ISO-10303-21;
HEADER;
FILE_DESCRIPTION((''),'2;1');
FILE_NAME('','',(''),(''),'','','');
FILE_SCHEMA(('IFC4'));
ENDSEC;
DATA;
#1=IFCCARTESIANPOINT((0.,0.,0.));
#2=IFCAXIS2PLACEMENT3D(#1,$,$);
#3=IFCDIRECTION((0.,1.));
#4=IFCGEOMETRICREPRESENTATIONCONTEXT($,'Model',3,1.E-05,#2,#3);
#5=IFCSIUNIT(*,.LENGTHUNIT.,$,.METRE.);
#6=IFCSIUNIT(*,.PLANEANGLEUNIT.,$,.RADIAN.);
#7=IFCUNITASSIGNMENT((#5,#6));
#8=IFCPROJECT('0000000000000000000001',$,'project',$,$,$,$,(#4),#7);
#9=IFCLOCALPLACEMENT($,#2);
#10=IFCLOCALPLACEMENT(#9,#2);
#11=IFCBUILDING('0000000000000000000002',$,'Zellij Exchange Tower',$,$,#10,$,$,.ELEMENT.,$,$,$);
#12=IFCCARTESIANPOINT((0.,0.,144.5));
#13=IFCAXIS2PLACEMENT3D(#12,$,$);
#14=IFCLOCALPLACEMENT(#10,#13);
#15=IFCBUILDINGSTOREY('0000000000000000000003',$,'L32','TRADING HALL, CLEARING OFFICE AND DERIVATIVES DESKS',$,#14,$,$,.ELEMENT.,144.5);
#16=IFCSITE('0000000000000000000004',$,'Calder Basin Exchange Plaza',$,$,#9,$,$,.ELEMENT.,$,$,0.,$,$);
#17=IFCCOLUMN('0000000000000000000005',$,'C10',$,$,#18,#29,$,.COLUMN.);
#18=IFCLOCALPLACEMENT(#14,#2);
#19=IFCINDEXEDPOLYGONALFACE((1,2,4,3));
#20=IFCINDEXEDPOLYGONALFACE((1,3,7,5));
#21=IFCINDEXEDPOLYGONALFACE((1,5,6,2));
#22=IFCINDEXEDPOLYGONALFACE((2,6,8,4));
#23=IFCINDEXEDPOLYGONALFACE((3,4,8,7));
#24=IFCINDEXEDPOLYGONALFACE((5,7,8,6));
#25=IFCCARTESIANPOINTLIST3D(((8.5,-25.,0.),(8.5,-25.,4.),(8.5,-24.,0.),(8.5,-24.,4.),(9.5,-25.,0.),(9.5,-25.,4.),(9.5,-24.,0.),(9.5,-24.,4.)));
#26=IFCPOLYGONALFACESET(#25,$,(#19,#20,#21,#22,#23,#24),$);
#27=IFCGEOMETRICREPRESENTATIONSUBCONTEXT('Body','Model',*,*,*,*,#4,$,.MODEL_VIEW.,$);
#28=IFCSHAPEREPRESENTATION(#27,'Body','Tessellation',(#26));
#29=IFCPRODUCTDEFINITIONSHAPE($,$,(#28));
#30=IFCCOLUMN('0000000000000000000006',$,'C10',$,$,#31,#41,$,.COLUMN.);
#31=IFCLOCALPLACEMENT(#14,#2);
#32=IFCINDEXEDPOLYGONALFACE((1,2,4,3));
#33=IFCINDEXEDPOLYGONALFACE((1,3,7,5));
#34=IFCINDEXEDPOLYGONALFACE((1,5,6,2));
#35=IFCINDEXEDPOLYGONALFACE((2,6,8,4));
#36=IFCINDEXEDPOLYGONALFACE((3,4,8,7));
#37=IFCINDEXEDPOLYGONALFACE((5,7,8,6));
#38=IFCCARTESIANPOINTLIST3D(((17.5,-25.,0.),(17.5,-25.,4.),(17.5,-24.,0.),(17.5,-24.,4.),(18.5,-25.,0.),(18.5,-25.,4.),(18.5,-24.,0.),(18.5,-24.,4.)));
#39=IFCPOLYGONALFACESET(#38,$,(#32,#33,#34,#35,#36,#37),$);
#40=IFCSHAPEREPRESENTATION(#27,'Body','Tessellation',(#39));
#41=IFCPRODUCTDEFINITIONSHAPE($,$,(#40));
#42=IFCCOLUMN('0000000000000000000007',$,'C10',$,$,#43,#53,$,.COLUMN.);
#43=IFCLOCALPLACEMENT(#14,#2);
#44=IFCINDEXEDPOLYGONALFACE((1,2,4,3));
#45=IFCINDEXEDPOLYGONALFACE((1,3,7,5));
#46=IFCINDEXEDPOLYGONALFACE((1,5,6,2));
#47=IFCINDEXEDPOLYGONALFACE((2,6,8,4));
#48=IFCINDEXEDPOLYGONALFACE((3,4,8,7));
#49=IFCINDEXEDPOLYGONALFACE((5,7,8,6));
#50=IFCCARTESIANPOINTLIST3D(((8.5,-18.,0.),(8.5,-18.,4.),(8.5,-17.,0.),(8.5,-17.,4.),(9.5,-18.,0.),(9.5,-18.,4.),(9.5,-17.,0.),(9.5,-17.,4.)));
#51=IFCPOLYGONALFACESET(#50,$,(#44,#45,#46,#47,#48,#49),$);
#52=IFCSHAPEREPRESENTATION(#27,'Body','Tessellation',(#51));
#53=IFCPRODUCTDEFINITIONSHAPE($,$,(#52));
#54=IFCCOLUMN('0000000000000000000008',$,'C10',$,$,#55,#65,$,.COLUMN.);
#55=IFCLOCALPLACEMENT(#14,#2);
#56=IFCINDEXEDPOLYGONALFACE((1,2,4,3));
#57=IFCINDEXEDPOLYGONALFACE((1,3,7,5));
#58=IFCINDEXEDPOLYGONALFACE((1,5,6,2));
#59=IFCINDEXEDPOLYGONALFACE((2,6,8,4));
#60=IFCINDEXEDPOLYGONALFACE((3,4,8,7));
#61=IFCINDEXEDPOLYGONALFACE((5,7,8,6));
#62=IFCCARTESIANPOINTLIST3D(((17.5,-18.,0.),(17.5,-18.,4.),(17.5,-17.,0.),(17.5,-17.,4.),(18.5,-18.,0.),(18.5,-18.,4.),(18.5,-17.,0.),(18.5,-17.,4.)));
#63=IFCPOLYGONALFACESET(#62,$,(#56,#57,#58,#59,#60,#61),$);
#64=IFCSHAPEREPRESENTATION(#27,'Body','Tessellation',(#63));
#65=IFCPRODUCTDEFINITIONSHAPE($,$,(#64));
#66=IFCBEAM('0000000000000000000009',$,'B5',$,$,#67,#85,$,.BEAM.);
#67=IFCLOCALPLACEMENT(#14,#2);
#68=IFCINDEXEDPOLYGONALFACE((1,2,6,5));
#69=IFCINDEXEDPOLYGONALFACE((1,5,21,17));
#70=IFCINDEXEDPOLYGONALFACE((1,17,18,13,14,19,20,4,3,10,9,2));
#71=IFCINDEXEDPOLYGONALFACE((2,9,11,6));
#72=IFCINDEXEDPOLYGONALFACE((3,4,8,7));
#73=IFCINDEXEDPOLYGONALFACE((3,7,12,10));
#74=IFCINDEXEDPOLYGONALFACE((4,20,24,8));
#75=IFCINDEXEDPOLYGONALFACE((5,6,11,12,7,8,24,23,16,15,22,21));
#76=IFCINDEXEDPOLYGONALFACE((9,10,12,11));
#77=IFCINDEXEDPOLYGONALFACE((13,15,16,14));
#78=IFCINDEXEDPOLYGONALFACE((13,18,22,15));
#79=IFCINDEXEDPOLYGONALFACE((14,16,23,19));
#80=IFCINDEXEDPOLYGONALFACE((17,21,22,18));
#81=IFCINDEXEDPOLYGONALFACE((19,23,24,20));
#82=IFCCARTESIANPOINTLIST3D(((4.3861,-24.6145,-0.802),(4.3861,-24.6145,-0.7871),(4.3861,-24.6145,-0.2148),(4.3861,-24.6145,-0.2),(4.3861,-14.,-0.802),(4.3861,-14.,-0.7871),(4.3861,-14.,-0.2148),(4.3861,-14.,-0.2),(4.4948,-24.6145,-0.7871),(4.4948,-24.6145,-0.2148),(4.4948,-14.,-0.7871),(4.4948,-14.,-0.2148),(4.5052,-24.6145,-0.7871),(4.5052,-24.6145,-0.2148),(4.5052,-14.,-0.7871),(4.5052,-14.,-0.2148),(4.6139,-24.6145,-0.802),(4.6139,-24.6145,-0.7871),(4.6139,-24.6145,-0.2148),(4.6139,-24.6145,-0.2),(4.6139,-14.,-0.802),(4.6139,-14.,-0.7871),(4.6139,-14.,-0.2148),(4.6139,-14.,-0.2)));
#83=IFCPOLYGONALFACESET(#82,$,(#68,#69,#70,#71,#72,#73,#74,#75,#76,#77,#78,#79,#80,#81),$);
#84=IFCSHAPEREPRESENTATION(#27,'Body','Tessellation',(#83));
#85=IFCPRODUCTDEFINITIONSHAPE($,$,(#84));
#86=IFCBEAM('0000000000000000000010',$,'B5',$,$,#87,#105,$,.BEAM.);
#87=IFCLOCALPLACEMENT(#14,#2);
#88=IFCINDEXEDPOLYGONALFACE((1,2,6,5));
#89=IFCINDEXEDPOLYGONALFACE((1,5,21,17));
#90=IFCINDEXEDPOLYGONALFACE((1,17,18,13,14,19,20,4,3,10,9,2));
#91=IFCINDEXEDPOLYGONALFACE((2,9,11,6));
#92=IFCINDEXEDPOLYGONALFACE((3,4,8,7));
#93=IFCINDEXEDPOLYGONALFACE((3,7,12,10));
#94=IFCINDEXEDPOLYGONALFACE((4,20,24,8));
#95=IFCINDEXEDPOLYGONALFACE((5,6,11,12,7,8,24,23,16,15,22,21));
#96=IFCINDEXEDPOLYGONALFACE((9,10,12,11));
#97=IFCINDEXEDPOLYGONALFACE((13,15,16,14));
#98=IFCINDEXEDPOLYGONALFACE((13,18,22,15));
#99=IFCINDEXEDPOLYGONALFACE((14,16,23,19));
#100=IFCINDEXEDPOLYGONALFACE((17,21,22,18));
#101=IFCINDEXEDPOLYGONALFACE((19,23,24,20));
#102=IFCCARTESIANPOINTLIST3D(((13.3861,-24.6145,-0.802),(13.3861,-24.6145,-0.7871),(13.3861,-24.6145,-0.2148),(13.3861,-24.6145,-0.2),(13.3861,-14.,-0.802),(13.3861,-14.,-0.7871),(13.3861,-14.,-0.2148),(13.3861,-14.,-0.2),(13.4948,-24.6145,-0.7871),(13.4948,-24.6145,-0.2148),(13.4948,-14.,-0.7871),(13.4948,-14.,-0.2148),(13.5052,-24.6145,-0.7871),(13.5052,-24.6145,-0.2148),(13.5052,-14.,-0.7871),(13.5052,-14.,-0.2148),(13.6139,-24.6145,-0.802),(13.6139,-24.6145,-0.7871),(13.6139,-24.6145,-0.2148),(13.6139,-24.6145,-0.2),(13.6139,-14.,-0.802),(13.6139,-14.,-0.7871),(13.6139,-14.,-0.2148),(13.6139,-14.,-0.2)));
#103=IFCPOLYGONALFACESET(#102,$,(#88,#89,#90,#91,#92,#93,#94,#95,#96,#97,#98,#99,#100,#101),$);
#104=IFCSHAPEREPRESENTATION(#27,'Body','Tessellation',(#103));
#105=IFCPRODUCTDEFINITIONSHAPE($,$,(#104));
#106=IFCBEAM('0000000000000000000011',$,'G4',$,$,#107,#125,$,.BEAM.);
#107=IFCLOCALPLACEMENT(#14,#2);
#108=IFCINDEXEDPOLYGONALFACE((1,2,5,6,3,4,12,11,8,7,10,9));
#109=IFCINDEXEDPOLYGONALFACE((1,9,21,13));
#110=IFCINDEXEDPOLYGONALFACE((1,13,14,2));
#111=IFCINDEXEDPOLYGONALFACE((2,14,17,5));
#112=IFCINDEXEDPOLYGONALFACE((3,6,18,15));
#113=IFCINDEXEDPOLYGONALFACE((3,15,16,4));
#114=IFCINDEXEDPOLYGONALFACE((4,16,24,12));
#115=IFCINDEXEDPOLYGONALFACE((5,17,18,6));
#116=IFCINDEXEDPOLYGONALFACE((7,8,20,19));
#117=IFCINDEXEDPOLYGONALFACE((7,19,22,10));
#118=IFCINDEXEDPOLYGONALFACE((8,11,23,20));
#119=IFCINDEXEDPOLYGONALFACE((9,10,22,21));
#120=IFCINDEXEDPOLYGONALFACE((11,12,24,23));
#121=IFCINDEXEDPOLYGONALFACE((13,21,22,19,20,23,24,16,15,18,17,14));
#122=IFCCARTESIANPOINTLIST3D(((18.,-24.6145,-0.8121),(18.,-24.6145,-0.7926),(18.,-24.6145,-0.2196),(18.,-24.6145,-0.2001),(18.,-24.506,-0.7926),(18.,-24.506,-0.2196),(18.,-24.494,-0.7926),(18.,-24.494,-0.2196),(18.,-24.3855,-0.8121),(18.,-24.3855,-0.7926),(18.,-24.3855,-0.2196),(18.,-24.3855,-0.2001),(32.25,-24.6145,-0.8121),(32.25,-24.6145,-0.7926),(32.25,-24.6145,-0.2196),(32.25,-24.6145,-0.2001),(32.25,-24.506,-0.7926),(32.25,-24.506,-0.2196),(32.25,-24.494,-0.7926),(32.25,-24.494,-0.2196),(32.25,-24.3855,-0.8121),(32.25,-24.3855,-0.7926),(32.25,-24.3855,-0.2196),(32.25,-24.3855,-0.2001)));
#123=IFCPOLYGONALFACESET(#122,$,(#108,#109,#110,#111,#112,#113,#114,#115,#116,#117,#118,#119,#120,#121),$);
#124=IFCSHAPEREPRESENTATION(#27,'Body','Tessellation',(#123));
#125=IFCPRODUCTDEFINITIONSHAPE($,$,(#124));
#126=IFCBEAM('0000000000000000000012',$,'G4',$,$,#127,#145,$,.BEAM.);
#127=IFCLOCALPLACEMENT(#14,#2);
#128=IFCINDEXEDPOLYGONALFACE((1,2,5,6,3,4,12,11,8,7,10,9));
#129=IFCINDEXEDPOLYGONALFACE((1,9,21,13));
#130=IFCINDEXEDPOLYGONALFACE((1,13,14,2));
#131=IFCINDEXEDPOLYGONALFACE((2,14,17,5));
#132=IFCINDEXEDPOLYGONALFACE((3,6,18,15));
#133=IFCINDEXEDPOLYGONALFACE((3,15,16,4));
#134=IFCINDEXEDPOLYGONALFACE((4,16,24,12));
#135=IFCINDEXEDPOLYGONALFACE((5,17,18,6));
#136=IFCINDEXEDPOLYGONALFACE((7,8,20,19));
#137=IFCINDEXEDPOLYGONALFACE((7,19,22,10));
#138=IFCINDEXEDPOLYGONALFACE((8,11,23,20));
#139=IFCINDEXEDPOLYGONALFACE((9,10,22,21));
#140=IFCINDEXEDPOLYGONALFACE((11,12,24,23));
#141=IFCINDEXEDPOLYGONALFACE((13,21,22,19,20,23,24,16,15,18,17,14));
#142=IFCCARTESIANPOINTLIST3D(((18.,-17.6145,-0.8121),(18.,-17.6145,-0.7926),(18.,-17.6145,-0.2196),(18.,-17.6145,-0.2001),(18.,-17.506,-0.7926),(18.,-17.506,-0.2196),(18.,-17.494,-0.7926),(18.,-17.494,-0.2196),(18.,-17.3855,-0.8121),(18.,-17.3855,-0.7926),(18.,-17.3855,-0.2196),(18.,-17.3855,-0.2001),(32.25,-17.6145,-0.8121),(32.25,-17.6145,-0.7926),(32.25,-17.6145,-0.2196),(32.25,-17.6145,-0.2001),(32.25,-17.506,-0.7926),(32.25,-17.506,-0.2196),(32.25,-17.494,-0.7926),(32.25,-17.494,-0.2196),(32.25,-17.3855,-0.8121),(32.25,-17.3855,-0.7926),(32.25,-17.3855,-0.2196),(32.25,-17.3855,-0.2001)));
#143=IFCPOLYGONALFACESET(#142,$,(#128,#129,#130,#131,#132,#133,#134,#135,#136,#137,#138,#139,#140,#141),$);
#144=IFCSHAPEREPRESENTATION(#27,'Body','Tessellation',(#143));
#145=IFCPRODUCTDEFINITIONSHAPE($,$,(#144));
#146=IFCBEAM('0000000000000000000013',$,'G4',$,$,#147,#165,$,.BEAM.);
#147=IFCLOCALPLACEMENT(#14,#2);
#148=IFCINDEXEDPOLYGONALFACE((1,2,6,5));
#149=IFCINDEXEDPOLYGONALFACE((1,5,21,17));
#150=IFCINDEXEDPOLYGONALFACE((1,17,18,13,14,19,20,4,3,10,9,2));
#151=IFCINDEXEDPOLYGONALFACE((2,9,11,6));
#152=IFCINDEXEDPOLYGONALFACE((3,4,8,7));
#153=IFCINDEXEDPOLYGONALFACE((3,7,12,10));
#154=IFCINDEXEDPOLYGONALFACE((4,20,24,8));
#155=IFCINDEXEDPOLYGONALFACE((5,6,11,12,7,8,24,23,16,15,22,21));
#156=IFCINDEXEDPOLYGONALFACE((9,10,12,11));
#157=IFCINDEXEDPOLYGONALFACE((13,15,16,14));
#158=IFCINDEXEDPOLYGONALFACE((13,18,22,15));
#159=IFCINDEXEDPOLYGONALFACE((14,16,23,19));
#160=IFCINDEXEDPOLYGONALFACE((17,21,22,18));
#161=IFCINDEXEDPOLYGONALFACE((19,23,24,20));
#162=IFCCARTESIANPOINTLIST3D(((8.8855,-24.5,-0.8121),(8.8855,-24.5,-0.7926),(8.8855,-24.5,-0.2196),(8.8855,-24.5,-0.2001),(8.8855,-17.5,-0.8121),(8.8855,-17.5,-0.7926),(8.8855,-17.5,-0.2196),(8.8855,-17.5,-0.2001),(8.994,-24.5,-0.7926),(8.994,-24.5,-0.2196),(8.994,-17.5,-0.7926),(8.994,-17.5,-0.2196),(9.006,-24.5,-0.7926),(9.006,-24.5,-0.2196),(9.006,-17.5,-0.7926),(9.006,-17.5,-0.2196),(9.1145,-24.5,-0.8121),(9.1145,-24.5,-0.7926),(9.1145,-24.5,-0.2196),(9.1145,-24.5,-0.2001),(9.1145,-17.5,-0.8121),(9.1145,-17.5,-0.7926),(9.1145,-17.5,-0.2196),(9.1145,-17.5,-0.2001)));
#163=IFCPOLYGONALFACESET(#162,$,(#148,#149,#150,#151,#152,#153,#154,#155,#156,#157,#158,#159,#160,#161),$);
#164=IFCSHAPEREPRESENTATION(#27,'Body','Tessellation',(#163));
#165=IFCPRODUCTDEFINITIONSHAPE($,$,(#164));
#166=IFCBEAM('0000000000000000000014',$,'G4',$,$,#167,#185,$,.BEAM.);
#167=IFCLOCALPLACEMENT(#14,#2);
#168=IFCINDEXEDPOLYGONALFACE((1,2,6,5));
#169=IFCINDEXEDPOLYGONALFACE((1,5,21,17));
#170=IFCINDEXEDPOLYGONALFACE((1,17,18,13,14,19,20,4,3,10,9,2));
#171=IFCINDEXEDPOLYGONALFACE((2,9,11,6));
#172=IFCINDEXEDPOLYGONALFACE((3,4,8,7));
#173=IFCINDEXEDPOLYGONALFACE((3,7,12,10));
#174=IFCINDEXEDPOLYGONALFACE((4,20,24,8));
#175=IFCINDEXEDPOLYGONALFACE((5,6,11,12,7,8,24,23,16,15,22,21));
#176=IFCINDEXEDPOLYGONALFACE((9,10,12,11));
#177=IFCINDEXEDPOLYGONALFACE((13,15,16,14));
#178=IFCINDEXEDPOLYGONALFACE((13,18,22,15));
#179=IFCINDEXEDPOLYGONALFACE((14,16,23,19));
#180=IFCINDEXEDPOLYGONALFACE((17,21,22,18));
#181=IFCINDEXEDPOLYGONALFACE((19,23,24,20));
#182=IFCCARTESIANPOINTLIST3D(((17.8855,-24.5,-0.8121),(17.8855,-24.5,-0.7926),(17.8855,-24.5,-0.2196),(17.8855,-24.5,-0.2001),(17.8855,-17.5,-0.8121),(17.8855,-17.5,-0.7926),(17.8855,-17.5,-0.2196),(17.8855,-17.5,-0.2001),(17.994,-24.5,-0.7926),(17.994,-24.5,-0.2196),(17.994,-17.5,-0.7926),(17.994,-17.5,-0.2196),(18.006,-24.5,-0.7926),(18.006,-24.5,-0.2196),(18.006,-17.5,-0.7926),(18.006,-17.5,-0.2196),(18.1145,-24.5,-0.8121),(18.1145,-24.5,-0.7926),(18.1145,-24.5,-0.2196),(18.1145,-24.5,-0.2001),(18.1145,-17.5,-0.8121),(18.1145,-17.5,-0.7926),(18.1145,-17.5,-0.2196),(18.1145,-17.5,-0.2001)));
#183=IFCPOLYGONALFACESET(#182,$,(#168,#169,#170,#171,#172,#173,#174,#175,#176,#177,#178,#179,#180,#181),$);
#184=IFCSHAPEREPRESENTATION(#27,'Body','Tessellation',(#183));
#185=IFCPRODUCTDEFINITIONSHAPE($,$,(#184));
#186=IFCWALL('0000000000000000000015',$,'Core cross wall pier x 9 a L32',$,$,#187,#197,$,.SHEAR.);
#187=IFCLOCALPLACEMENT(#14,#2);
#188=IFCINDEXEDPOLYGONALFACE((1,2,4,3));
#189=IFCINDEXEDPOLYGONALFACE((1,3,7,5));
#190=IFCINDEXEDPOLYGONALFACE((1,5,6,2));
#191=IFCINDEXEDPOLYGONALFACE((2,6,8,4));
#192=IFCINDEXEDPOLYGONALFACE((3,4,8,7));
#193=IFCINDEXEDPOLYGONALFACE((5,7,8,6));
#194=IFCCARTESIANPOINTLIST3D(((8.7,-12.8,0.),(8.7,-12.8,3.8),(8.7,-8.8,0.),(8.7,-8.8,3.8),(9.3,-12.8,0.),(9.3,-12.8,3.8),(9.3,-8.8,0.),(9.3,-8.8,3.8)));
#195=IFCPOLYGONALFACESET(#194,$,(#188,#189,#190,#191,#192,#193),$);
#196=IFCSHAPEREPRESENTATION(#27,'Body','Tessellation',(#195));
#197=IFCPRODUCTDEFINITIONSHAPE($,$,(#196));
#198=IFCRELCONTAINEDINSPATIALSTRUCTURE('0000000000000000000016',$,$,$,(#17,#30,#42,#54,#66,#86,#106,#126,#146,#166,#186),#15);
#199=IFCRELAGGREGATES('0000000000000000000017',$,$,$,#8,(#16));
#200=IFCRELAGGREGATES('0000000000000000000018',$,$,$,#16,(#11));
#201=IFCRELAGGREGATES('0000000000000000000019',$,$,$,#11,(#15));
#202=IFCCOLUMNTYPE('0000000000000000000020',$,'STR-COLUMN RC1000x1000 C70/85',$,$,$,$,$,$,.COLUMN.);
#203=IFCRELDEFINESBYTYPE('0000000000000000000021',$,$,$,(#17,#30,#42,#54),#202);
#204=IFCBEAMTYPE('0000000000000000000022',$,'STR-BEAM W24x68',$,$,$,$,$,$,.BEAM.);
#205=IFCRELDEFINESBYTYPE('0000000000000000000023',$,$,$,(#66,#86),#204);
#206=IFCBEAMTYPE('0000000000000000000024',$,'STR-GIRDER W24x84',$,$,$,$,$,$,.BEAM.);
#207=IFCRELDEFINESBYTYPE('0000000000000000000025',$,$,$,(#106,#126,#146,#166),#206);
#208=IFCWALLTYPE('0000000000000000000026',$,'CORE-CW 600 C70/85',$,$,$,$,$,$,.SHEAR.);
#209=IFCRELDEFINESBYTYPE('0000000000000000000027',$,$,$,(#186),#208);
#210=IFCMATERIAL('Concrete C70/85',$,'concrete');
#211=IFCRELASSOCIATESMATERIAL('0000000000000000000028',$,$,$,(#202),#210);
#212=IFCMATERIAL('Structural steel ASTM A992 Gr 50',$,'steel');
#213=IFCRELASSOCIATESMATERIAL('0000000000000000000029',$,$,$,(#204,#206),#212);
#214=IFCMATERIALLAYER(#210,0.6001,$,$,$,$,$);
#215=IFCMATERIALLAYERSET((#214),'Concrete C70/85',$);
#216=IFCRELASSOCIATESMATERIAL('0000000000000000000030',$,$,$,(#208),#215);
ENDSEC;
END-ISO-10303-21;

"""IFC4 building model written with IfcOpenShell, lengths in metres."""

from ifc_helpers import new_model, si_unit, direction, frame, frame_2d, origin, origin_2d, place, context, subcontext, project, spatial, rectangle, i_section, extrude, material, layer, layer_set, material_profile, profile_set, type_object, element, save


model = new_model("IFC4")

# Units and contexts
model_context = context("Model", 3, precision=1e-05, world=origin(), true_north=direction((0.0, 1.0)))
body_context = subcontext(model_context, "Body", "Model", "MODEL_VIEW")
ifc_project = project(units=[si_unit("LENGTHUNIT", "METRE"), si_unit("PLANEANGLEUNIT", "RADIAN")], contexts=[model_context])

# Site, building, storey
site_placement = place(None, origin())
site = spatial("IfcSite", under=ifc_project, at=site_placement, Name="Calder Basin Exchange Plaza", CompositionType="ELEMENT", RefElevation=0.0)
building_placement = place(site_placement, origin())
building = spatial("IfcBuilding", under=site, at=building_placement, Name="Zellij Exchange Tower", CompositionType="ELEMENT")
storey_placement = place(building_placement, frame((0.0, 0.0, 144.5)))
storey = spatial("IfcBuildingStorey", under=building, at=storey_placement, Name="L32", Description="TRADING HALL, CLEARING OFFICE AND DERIVATIVES DESKS", CompositionType="ELEMENT", Elevation=144.5)

# Columns
ifc_material_1 = material(Name="Concrete C70/85", Category="concrete")
ifc_material_profile_1 = material_profile(ifc_material_1, rectangle(XDim=1.0, YDim=1.0, at=origin_2d()), Name="STR-COLUMN RC1000x1000 C70/85")
ifc_profile_set_1 = profile_set([ifc_material_profile_1], Name="Concrete C70/85")
column_type = type_object("IfcColumnType", Name="STR-COLUMN RC1000x1000 C70/85", PredefinedType="COLUMN", material=ifc_profile_set_1)
for number, where, z_axis, x_axis, name in (
    (1, (9.0, -24.5, 0.0), (0.0, 0.0, 1.0), (1.0, 0.0, 0.0), "C10"),
    (2, (18.0, -24.5, 0.0), (0.0, 0.0, 1.0), (1.0, 0.0, 0.0), "C10"),
    (3, (9.0, -17.5, 0.0), (0.0, 0.0, 1.0), (1.0, 0.0, 0.0), "C10"),
    (4, (18.0, -17.5, 0.0), (0.0, 0.0, 1.0), (1.0, 0.0, 0.0), "C10"),
):
    element("IfcColumn", number, at=place(storey_placement, frame(where, z_axis=z_axis, x_axis=x_axis)), inside=storey, type_object=column_type, Name=name, PredefinedType="COLUMN", context=body_context, shape_type="SweptSolid", body=[
        extrude(rectangle(XDim=1.0, YDim=1.0, at=origin_2d()), origin(), (0.0, 0.0, 1.0), 4.0),
    ])

# Beams
ifc_material_2 = material(Name="Structural steel ASTM A992 Gr 50", Category="steel")
ifc_material_profile_2 = material_profile(ifc_material_2, i_section(OverallWidth=0.2278, OverallDepth=0.6021, WebThickness=0.0105, FlangeThickness=0.0149, at=origin_2d()), Name="W24x68")
ifc_profile_set_2 = profile_set([ifc_material_profile_2], Name="Structural steel ASTM A992 Gr 50")
beam_type_1 = type_object("IfcBeamType", Name="STR-BEAM W24x68", PredefinedType="BEAM", material=ifc_profile_set_2)
for number, where, z_axis, x_axis, name in (
    (5, (4.5, -24.6145, -0.501), (0.0, 1.0, 0.0), (-1.0, 0.0, 0.0), "B5"),
    (6, (13.5, -24.6145, -0.501), (0.0, 1.0, 0.0), (-1.0, 0.0, 0.0), "B5"),
):
    element("IfcBeam", number, at=place(storey_placement, frame(where, z_axis=z_axis, x_axis=x_axis)), inside=storey, type_object=beam_type_1, Name=name, PredefinedType="BEAM", context=body_context, shape_type="SweptSolid", body=[
        extrude(i_section(OverallWidth=0.2278, OverallDepth=0.6021, WebThickness=0.0105, FlangeThickness=0.0149, at=origin_2d()), origin(), (0.0, 0.0, 1.0), 10.6145),
    ])
ifc_material_profile_3 = material_profile(ifc_material_2, i_section(OverallWidth=0.229, OverallDepth=0.6121, WebThickness=0.012, FlangeThickness=0.0195, at=origin_2d()), Name="W24x84")
ifc_profile_set_3 = profile_set([ifc_material_profile_3], Name="Structural steel ASTM A992 Gr 50")
beam_type_2 = type_object("IfcBeamType", Name="STR-GIRDER W24x84", PredefinedType="BEAM", material=ifc_profile_set_3)
for number, where, z_axis, x_axis, name in (
    (7, (18.0, -24.5, -0.5061), (1.0, 0.0, 0.0), (0.0, 1.0, 0.0), "G4"),
    (8, (18.0, -17.5, -0.5061), (1.0, 0.0, 0.0), (0.0, 1.0, 0.0), "G4"),
):
    element("IfcBeam", number, at=place(storey_placement, frame(where, z_axis=z_axis, x_axis=x_axis)), inside=storey, type_object=beam_type_2, Name=name, PredefinedType="BEAM", context=body_context, shape_type="SweptSolid", body=[
        extrude(i_section(OverallWidth=0.229, OverallDepth=0.6121, WebThickness=0.012, FlangeThickness=0.0195, at=origin_2d()), origin(), (0.0, 0.0, 1.0), 14.25),
    ])
for number, where, z_axis, x_axis, name in (
    (9, (9.0, -24.5, -0.5061), (0.0, 1.0, 0.0), (-1.0, 0.0, 0.0), "G4"),
    (10, (18.0, -24.5, -0.5061), (0.0, 1.0, 0.0), (-1.0, 0.0, 0.0), "G4"),
):
    element("IfcBeam", number, at=place(storey_placement, frame(where, z_axis=z_axis, x_axis=x_axis)), inside=storey, type_object=beam_type_2, Name=name, PredefinedType="BEAM", context=body_context, shape_type="SweptSolid", body=[
        extrude(i_section(OverallWidth=0.229, OverallDepth=0.6121, WebThickness=0.012, FlangeThickness=0.0195, at=origin_2d()), origin(), (0.0, 0.0, 1.0), 7.0),
    ])

# Wall
ifc_layer_1 = layer(ifc_material_1, 0.6001)
ifc_layer_set_1 = layer_set([ifc_layer_1], Name="Concrete C70/85")
wall_type_1 = type_object("IfcWallType", Name="CORE-CW 600 C70/85", PredefinedType="SHEAR", material=ifc_layer_set_1)
wall_1_placement = place(storey_placement, frame((9.0, -12.8, 0.0), z_axis=(0.0, 0.0, 1.0), x_axis=(0.0, 1.0, 0.0)))
element("IfcWall", 11, at=wall_1_placement, inside=storey, type_object=wall_type_1, Name="Core cross wall pier x 9 a L32", PredefinedType="SHEAR", context=body_context, shape_type="SweptSolid", body=[
    extrude(rectangle(XDim=4.0, YDim=0.6001, at=frame_2d((2.0, 0.0))), origin(), (0.0, 0.0, 1.0), 3.8),
])

save(model, "model.ifc")
